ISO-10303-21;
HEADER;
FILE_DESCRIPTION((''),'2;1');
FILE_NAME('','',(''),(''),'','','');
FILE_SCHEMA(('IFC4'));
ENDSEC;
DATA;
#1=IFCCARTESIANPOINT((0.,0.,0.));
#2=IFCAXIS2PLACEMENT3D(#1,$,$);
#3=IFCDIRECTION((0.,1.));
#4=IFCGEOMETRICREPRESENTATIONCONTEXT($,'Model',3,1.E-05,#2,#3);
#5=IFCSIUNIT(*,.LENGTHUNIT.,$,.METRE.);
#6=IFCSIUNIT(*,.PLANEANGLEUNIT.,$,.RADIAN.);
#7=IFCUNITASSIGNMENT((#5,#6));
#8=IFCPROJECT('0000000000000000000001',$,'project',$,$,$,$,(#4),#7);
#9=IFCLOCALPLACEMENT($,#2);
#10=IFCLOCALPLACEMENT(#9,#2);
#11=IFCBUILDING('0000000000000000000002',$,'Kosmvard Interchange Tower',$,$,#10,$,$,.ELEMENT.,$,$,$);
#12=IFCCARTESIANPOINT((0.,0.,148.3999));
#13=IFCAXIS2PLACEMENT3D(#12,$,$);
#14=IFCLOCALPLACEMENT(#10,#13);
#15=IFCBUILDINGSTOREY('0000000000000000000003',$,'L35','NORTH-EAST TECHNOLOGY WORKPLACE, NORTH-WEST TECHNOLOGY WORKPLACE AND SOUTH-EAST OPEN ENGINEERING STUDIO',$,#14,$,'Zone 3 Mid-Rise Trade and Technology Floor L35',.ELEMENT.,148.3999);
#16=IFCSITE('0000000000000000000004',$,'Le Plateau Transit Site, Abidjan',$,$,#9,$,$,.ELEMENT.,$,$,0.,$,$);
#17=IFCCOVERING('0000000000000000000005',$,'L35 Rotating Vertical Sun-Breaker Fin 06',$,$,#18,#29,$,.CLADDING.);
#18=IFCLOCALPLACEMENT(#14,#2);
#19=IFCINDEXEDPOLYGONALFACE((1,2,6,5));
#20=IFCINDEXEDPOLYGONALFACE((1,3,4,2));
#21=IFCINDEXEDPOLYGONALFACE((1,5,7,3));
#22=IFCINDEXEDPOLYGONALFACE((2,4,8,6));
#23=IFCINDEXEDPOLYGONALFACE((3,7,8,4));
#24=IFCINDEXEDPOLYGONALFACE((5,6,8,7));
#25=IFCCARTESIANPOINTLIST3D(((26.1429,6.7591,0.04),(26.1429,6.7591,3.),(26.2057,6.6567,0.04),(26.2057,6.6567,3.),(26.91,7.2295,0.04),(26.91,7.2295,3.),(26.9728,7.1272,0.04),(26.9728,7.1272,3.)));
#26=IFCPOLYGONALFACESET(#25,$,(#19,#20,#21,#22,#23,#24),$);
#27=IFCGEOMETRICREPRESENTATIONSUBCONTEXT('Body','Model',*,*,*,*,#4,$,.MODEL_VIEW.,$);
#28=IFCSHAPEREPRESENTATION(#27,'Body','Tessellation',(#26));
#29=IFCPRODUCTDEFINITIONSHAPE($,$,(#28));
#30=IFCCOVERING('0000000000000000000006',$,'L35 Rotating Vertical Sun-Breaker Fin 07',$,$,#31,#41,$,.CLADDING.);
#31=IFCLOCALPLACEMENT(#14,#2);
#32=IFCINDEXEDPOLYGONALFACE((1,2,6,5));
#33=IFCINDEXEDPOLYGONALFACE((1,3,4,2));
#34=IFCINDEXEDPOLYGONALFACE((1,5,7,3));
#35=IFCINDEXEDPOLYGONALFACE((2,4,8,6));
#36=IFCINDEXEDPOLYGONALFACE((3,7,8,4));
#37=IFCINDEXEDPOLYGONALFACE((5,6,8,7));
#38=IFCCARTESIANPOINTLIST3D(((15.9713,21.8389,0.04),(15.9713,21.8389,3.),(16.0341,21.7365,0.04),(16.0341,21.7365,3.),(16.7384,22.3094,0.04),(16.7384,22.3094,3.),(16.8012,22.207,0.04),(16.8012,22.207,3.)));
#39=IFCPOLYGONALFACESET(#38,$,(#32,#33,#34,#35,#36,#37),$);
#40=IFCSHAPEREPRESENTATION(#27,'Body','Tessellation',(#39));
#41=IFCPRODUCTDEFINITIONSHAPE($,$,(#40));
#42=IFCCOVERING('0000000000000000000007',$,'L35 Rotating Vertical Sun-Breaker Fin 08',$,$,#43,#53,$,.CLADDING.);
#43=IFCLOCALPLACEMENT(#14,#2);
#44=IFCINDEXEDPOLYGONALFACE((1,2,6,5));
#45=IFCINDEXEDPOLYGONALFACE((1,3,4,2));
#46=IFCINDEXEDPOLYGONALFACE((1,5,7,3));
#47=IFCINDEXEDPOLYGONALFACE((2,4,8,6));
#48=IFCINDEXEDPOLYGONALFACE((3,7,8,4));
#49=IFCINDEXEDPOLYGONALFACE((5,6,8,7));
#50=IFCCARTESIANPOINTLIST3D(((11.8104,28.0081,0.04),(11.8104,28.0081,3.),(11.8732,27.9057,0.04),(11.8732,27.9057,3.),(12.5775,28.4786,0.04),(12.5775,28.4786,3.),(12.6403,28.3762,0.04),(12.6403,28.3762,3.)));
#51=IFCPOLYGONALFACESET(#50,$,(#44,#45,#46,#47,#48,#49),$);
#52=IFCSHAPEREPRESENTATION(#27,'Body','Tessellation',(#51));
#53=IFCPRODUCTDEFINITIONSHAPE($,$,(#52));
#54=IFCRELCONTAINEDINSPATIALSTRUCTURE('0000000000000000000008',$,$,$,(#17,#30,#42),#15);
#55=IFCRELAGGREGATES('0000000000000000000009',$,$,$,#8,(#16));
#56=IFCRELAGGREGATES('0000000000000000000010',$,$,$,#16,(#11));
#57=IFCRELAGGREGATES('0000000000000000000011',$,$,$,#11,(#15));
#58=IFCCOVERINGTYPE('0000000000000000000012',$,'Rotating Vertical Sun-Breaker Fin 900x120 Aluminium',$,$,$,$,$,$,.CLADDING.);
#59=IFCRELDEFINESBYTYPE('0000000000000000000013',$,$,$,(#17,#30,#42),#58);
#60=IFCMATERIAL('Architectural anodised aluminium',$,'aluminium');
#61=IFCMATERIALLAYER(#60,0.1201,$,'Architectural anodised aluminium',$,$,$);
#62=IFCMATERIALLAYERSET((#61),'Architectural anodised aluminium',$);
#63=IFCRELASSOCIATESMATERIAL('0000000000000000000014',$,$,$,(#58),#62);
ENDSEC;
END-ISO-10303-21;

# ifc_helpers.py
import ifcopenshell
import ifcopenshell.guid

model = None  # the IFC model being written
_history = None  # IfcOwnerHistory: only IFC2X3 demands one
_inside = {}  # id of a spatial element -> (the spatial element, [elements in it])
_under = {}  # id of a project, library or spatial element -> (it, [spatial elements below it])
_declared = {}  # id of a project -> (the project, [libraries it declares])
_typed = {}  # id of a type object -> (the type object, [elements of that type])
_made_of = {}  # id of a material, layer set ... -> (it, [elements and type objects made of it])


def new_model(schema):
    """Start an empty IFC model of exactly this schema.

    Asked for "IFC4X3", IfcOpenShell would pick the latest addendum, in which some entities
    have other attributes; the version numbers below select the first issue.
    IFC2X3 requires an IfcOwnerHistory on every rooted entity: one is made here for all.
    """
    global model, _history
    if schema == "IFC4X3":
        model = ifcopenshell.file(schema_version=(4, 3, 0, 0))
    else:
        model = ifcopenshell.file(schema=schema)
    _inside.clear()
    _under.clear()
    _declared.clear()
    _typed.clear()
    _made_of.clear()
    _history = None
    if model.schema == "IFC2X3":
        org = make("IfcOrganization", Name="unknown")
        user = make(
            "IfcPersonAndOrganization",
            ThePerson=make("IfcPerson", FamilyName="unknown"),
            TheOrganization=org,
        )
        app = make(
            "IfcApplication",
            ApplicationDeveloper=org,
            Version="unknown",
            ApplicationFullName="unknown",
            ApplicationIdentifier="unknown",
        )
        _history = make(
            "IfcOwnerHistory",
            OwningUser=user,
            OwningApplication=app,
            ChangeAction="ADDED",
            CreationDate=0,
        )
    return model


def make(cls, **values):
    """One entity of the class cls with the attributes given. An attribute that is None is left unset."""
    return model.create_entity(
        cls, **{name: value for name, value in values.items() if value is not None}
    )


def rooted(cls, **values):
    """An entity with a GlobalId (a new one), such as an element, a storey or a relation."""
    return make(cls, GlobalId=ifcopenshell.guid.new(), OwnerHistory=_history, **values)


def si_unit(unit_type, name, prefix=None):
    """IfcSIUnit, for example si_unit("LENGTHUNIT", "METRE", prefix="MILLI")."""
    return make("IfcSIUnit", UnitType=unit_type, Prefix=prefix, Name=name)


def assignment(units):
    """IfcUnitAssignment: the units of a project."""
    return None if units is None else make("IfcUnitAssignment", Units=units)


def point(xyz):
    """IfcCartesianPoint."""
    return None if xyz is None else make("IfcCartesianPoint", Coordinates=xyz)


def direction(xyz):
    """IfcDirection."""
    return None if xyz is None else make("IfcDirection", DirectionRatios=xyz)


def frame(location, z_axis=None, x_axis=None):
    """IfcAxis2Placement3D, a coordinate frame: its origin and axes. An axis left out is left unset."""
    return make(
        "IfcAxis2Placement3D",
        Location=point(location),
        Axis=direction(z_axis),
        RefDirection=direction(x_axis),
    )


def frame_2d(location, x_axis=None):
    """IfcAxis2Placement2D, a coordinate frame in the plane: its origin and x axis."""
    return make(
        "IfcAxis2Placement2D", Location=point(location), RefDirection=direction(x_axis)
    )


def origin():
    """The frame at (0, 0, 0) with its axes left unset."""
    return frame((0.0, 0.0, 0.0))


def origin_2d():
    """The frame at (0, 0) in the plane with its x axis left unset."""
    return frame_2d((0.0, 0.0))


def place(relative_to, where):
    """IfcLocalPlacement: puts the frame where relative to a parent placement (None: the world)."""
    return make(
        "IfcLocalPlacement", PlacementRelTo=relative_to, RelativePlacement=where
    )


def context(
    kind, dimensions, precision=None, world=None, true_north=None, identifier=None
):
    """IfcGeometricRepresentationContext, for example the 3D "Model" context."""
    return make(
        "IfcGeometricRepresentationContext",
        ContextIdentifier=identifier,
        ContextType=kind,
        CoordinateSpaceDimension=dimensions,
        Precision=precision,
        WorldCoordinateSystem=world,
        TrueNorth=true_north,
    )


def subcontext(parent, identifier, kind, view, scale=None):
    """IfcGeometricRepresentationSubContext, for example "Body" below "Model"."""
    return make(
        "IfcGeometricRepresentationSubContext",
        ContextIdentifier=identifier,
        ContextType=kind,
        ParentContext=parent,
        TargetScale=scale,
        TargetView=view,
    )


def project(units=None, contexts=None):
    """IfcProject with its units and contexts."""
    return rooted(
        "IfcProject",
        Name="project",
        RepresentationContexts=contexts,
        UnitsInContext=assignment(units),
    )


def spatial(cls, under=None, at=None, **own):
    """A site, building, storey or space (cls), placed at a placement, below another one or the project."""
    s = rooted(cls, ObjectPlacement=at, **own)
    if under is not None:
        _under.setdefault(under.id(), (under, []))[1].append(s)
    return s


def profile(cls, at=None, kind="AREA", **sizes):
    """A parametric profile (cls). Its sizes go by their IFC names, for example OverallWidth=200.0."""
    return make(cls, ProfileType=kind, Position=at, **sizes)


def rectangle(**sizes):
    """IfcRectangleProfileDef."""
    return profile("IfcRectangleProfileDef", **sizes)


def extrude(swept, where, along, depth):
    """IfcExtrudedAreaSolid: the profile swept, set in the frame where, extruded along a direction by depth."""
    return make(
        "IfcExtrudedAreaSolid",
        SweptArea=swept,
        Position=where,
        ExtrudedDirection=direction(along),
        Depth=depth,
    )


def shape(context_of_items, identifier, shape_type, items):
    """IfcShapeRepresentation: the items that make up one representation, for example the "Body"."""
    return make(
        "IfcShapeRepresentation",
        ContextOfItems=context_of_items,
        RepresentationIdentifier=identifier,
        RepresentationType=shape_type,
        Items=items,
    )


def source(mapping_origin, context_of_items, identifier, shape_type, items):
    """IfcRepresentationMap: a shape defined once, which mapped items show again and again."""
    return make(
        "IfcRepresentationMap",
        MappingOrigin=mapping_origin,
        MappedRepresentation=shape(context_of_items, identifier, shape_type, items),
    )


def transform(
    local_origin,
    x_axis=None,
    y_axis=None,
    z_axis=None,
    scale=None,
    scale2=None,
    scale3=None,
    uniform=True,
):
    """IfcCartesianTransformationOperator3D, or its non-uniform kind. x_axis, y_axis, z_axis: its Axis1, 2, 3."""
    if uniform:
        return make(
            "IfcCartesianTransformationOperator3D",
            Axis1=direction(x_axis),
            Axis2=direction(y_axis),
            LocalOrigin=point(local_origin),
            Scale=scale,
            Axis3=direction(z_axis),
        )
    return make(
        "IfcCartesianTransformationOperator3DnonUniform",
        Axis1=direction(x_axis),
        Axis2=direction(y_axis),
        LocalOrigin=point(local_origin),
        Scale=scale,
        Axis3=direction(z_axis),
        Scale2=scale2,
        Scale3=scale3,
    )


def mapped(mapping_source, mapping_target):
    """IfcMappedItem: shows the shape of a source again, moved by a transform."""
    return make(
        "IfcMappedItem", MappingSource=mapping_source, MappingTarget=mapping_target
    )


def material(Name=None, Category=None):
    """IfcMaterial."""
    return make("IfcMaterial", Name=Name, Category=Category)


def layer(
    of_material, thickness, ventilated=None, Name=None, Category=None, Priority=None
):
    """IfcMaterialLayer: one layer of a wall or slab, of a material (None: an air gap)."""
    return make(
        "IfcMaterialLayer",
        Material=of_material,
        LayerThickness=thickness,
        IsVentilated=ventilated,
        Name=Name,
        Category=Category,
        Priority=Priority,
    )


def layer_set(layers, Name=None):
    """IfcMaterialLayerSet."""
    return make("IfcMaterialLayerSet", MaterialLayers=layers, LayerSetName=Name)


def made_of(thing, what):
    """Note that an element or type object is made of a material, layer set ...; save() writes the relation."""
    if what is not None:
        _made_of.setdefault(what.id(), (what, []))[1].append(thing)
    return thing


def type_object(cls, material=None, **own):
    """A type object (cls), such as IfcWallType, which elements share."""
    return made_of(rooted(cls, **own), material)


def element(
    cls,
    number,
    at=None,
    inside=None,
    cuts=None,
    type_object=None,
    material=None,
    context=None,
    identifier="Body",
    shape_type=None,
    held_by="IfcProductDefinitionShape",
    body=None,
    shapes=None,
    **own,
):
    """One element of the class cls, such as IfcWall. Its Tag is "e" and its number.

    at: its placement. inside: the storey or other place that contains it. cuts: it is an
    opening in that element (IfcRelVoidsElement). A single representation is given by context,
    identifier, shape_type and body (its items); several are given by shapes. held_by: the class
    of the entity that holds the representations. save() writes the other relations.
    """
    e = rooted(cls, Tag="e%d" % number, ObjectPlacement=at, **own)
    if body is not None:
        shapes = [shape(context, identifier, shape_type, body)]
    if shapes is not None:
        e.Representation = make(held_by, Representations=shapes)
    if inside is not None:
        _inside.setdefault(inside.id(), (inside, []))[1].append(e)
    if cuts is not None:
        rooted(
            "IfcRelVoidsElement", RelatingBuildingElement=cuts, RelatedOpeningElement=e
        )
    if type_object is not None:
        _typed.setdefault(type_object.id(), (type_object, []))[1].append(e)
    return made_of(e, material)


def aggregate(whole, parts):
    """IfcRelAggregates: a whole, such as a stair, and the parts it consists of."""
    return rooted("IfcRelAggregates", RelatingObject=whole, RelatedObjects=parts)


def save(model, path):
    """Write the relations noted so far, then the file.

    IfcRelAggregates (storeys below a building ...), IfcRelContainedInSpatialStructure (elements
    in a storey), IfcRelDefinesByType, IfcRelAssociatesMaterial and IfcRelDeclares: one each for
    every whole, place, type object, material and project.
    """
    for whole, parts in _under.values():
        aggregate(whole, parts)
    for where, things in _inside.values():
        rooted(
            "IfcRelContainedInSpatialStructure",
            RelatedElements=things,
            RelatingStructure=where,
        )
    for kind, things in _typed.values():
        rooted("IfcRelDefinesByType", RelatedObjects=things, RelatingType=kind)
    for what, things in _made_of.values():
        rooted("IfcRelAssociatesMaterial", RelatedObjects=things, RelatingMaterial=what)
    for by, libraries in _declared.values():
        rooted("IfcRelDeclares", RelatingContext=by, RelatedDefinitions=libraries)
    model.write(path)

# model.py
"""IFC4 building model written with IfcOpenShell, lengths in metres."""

from ifc_helpers import new_model, si_unit, direction, frame, origin, origin_2d, place, context, subcontext, project, spatial, rectangle, extrude, source, transform, mapped, material, layer, layer_set, type_object, element, save


model = new_model("IFC4")

# Units and contexts
model_context = context("Model", 3, precision=1e-05, world=origin(), true_north=direction((0.0, 1.0)))
body_context = subcontext(model_context, "Body", "Model", "MODEL_VIEW")
ifc_project = project(units=[si_unit("LENGTHUNIT", "METRE"), si_unit("PLANEANGLEUNIT", "RADIAN")], contexts=[model_context])

# Site, building, storey
site_placement = place(None, origin())
site = spatial("IfcSite", under=ifc_project, at=site_placement, Name="Le Plateau Transit Site, Abidjan", CompositionType="ELEMENT", RefElevation=0.0)
building_placement = place(site_placement, origin())
building = spatial("IfcBuilding", under=site, at=building_placement, Name="Kosmvard Interchange Tower", CompositionType="ELEMENT")
storey_placement = place(building_placement, frame((0.0, 0.0, 148.3999)))
storey = spatial("IfcBuildingStorey", under=building, at=storey_placement, Name="L35", Description="NORTH-EAST TECHNOLOGY WORKPLACE, NORTH-WEST TECHNOLOGY WORKPLACE AND SOUTH-EAST OPEN ENGINEERING STUDIO", LongName="Zone 3 Mid-Rise Trade and Technology Floor L35", CompositionType="ELEMENT", Elevation=148.3999)

# Coverings
ifc_material_1 = material(Name="Architectural anodised aluminium", Category="aluminium")
ifc_layer_1 = layer(ifc_material_1, 0.1201, Name="Architectural anodised aluminium")
ifc_layer_set_1 = layer_set([ifc_layer_1], Name="Architectural anodised aluminium")
covering_type = type_object("IfcCoveringType", Name="Rotating Vertical Sun-Breaker Fin 900x120 Aluminium", PredefinedType="CLADDING", material=ifc_layer_set_1)
shared_shape_1 = source(origin(), body_context, "Body", "SweptSolid", [
    extrude(rectangle(XDim=0.8999, YDim=0.1201, at=origin_2d()), origin(), (0.0, 0.0, 1.0), 2.96),
])
for number, where, z_axis, x_axis, name in (
    (1, (26.5579, 6.9431, 0.04), (0.0, 0.0, 1.0), (0.852458, 0.522796, 0.0), "L35 Rotating Vertical Sun-Breaker Fin 06"),
    (2, (16.3862, 22.0229, 0.04), (0.0, 0.0, 1.0), (0.852458, 0.522796, 0.0), "L35 Rotating Vertical Sun-Breaker Fin 07"),
    (3, (12.2253, 28.1921, 0.04), (0.0, 0.0, 1.0), (0.852458, 0.522796, 0.0), "L35 Rotating Vertical Sun-Breaker Fin 08"),
):
    element("IfcCovering", number, at=place(storey_placement, frame(where, z_axis=z_axis, x_axis=x_axis)), inside=storey, type_object=covering_type, Name=name, PredefinedType="CLADDING", context=body_context, shape_type="MappedRepresentation", body=[
        mapped(shared_shape_1, transform((0.0, 0.0, 0.0), scale=1.0)),
    ])

save(model, "model.ifc")
